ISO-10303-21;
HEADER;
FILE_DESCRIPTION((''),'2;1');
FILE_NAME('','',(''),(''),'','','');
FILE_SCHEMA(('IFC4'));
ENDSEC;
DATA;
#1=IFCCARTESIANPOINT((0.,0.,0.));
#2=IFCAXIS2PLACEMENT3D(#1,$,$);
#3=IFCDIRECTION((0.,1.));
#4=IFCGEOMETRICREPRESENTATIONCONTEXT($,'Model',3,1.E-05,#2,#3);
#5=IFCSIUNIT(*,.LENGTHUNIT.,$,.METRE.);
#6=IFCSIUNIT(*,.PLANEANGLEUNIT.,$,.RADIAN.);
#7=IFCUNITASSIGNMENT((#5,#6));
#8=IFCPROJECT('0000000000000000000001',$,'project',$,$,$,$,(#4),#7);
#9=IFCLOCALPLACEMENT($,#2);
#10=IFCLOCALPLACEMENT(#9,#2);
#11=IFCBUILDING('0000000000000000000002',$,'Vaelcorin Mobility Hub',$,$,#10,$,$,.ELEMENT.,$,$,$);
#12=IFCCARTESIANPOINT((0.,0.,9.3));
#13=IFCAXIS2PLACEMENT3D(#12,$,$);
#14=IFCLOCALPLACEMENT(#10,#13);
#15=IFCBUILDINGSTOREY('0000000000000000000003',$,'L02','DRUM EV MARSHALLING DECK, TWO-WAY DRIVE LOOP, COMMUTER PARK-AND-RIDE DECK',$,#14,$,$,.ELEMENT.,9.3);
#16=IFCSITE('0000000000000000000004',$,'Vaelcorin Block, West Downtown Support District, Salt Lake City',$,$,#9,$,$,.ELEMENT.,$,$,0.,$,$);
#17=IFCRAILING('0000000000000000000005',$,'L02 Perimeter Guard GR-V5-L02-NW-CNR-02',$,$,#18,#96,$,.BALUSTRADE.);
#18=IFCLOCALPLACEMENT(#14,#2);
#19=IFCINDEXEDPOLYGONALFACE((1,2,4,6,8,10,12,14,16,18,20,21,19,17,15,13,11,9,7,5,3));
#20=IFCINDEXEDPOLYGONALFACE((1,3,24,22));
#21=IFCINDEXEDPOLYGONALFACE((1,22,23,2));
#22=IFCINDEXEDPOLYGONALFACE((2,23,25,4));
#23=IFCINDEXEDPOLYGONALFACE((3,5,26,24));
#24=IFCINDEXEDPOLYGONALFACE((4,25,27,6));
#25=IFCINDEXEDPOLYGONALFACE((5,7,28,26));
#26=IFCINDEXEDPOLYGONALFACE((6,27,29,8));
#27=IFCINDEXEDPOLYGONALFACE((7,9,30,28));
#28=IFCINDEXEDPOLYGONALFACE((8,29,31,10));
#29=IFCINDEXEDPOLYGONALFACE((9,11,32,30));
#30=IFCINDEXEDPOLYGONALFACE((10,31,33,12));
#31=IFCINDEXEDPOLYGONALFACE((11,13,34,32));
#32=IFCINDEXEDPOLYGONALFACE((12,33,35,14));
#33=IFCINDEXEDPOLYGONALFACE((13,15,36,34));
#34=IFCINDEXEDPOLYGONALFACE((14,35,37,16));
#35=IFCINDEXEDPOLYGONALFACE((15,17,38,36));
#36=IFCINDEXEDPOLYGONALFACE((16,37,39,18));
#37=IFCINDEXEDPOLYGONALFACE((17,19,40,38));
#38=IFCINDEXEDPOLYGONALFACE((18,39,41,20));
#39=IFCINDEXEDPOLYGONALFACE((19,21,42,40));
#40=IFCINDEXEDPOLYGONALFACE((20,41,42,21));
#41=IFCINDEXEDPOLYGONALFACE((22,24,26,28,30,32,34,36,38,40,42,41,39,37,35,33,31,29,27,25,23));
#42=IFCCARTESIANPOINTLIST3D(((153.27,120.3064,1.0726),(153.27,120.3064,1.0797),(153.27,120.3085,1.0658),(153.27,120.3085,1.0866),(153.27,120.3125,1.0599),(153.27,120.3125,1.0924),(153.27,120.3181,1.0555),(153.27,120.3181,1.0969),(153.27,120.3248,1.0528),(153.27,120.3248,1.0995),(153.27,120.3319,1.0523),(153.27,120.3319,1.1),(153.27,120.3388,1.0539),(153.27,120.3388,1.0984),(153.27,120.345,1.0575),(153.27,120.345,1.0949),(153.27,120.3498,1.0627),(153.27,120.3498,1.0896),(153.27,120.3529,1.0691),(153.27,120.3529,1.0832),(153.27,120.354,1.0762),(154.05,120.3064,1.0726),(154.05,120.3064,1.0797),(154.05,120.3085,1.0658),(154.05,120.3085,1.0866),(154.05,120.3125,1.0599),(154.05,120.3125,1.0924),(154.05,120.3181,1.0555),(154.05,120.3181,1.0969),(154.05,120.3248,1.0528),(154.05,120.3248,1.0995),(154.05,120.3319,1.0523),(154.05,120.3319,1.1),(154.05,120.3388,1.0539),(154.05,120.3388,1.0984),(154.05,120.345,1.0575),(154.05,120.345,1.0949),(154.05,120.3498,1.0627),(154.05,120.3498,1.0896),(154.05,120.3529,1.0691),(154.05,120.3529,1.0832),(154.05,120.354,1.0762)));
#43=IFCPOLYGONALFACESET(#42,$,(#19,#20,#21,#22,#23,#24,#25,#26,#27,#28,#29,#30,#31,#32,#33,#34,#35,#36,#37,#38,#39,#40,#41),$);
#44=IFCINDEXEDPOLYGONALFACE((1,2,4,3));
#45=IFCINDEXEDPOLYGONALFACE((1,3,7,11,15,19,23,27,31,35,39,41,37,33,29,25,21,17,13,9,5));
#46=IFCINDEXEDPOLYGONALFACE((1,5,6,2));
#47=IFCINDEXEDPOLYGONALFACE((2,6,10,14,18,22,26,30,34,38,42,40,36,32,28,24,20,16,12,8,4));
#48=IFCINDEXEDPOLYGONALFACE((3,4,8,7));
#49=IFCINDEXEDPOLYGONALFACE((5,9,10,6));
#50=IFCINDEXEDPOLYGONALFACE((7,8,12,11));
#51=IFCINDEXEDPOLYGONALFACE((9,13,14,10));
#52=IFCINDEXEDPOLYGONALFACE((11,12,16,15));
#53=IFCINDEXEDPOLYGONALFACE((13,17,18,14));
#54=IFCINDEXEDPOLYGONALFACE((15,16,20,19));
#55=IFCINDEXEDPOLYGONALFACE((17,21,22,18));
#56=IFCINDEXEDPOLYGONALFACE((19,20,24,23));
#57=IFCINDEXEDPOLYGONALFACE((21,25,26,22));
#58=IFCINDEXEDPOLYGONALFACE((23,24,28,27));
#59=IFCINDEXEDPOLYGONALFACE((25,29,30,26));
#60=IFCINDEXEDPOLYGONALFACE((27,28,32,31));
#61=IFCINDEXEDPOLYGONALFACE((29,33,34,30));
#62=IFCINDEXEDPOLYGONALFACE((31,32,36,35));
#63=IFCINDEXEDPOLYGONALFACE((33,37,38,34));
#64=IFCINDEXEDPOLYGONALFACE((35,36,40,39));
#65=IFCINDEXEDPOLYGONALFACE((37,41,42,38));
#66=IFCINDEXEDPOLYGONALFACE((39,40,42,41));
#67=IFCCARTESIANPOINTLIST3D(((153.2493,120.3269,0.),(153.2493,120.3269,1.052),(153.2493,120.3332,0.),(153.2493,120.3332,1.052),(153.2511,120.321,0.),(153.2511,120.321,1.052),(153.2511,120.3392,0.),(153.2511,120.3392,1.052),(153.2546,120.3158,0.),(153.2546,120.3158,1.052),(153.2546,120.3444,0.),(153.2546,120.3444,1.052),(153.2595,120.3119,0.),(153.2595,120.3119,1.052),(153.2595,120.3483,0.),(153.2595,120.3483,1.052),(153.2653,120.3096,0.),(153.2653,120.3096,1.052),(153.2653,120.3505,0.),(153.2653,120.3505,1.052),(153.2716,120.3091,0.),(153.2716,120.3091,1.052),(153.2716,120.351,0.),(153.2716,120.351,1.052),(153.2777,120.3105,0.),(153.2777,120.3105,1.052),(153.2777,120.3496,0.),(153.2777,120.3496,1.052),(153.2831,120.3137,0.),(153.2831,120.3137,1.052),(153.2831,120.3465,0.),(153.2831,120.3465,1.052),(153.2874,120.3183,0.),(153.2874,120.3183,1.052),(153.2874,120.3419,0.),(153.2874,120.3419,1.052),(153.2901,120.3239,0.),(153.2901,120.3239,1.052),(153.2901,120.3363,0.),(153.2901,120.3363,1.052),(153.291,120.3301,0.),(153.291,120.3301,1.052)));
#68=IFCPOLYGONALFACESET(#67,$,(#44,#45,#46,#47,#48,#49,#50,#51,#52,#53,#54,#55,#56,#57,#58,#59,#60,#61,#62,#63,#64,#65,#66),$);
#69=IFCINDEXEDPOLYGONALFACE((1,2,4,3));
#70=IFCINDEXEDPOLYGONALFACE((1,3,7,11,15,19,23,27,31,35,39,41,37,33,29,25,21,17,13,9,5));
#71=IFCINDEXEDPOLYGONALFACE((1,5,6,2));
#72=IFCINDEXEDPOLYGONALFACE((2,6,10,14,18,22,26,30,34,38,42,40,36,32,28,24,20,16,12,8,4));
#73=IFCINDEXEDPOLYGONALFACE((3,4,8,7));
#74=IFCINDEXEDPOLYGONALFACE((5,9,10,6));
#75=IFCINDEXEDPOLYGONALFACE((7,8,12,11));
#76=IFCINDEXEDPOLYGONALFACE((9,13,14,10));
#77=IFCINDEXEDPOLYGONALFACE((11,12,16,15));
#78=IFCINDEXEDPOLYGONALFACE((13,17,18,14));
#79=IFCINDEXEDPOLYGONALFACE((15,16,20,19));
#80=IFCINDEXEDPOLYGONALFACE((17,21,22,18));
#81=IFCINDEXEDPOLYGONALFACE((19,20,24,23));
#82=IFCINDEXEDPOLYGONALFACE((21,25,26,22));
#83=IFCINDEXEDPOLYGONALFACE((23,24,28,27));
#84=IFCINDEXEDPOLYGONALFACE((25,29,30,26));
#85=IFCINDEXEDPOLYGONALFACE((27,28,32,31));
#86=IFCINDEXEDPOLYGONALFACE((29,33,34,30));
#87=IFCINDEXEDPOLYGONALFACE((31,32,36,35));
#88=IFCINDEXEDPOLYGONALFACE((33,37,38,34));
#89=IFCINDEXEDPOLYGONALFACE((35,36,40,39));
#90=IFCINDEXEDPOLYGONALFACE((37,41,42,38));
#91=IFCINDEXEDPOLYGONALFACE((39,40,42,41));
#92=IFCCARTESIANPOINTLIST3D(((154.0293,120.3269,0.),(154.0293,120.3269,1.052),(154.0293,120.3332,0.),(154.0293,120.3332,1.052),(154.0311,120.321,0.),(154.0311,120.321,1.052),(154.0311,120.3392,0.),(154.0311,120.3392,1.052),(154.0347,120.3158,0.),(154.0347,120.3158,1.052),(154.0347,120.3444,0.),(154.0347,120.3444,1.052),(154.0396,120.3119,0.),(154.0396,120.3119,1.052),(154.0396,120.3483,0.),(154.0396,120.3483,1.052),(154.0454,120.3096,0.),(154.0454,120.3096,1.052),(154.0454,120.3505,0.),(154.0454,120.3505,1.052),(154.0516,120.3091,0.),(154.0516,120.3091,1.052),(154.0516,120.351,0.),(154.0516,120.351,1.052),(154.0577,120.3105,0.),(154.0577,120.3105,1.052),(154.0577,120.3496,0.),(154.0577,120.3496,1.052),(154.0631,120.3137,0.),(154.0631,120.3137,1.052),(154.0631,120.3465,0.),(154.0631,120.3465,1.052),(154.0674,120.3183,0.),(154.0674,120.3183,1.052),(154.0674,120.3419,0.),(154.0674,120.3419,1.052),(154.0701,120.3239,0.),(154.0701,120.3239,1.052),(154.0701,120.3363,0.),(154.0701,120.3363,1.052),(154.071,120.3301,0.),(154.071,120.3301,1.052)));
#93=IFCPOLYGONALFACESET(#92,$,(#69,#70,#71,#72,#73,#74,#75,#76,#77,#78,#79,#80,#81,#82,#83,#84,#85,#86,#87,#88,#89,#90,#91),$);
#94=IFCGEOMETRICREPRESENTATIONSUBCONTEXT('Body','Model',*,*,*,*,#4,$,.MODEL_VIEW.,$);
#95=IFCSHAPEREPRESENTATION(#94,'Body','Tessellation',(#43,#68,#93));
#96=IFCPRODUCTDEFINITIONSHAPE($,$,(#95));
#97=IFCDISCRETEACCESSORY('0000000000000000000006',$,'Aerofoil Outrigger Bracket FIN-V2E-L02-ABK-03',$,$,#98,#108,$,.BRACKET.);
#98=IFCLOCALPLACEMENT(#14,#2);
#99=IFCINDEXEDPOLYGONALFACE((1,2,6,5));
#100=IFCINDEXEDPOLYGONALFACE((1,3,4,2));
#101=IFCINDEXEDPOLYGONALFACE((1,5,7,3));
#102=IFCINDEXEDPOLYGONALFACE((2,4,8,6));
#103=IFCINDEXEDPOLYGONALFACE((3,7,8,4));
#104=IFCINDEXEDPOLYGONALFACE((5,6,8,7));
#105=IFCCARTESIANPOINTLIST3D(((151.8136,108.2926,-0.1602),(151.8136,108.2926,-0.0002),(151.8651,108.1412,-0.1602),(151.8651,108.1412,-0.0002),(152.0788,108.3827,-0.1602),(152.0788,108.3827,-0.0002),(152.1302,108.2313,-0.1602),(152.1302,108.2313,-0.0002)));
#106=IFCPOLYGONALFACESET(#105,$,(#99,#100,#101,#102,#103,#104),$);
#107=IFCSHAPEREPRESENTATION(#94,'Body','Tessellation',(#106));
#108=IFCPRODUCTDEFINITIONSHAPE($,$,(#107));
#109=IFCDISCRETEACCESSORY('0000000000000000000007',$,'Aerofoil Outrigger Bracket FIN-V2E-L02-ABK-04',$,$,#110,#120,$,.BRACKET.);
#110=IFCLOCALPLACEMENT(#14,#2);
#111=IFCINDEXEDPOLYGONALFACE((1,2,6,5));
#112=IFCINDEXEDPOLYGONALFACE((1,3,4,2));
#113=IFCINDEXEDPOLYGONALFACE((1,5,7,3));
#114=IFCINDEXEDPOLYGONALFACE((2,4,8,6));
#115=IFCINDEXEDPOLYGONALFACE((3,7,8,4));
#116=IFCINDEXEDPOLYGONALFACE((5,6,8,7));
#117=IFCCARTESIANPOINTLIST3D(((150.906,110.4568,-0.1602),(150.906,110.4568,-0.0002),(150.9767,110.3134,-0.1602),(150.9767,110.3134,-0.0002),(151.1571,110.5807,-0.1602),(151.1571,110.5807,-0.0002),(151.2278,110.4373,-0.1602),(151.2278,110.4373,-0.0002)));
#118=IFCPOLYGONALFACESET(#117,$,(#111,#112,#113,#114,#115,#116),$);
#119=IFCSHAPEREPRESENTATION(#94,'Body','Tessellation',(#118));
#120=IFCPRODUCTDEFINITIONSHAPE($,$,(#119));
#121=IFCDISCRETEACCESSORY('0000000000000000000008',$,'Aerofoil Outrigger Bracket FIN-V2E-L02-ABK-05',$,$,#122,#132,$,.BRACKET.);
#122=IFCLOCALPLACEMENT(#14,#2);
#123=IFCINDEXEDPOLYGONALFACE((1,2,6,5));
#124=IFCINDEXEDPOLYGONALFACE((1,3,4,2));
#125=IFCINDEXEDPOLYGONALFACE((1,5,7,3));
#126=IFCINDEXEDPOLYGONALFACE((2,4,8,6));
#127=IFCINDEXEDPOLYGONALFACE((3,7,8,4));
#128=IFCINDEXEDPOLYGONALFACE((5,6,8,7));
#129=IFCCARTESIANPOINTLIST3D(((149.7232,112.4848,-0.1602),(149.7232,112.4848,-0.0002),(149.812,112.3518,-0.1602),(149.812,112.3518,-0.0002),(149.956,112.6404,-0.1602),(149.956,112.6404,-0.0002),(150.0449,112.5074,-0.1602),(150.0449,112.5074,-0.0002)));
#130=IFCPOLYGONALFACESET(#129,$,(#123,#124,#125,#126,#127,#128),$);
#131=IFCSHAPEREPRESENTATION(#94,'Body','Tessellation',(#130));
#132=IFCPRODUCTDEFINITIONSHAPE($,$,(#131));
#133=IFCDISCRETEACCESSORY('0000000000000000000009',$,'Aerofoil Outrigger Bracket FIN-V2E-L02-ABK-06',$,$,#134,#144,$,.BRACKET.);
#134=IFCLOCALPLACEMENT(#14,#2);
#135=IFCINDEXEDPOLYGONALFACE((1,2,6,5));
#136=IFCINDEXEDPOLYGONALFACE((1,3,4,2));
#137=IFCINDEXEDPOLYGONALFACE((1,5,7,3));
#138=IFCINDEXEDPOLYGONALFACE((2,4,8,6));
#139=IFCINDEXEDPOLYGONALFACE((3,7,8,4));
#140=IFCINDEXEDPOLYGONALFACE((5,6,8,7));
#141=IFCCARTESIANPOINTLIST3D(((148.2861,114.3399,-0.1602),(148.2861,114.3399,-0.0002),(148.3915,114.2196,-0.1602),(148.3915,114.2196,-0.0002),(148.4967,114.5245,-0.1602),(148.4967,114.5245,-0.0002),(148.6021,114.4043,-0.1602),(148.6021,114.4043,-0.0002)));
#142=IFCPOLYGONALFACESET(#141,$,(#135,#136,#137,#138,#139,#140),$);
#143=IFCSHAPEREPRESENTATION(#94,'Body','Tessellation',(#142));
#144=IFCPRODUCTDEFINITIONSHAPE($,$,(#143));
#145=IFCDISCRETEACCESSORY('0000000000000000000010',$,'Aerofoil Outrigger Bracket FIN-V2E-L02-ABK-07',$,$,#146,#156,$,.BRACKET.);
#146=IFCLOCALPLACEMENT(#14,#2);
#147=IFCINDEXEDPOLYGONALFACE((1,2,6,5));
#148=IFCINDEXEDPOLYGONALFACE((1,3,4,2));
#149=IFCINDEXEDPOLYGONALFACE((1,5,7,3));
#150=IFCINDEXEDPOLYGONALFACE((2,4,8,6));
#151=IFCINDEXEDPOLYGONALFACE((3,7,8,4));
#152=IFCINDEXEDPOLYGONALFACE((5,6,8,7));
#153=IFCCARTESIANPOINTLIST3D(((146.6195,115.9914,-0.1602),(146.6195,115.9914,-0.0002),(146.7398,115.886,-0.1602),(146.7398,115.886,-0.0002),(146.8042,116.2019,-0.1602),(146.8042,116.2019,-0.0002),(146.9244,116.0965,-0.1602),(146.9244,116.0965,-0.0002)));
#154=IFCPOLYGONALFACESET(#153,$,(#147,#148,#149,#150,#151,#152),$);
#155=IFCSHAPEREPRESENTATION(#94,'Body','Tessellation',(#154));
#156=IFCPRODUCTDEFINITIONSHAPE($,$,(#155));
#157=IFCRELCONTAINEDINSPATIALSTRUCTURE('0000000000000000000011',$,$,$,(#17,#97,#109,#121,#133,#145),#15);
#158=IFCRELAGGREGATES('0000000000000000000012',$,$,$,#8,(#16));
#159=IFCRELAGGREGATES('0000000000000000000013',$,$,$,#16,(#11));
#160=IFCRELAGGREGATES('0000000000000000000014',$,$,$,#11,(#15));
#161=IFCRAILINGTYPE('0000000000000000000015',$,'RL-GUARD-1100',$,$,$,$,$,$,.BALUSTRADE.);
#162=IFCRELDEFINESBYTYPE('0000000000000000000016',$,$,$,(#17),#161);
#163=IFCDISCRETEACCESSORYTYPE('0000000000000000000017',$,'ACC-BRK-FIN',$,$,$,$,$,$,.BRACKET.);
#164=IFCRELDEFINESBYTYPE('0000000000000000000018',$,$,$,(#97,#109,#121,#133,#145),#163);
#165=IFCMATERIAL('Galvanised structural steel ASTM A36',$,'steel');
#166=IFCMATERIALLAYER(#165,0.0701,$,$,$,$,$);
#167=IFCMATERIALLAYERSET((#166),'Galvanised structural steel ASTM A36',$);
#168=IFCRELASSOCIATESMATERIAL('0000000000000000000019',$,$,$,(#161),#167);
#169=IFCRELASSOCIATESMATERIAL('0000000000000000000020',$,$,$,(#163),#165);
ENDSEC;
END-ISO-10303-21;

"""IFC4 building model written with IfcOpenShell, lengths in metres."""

from ifc_helpers import new_model, si_unit, direction, frame, origin, origin_2d, place, context, subcontext, project, spatial, rectangle, circle, extrude, material, layer, layer_set, type_object, element, save


model = new_model("IFC4")

# Units and contexts
model_context = context("Model", 3, precision=1e-05, world=origin(), true_north=direction((0.0, 1.0)))
body_context = subcontext(model_context, "Body", "Model", "MODEL_VIEW")
ifc_project = project(units=[si_unit("LENGTHUNIT", "METRE"), si_unit("PLANEANGLEUNIT", "RADIAN")], contexts=[model_context])

# Site, building, storey
site_placement = place(None, origin())
site = spatial("IfcSite", under=ifc_project, at=site_placement, Name="Vaelcorin Block, West Downtown Support District, Salt Lake City", CompositionType="ELEMENT", RefElevation=0.0)
building_placement = place(site_placement, origin())
building = spatial("IfcBuilding", under=site, at=building_placement, Name="Vaelcorin Mobility Hub", CompositionType="ELEMENT")
storey_placement = place(building_placement, frame((0.0, 0.0, 9.3)))
storey = spatial("IfcBuildingStorey", under=building, at=storey_placement, Name="L02", Description="DRUM EV MARSHALLING DECK, TWO-WAY DRIVE LOOP, COMMUTER PARK-AND-RIDE DECK", CompositionType="ELEMENT", Elevation=9.3)

# Railing
ifc_material_1 = material(Name="Galvanised structural steel ASTM A36", Category="steel")
ifc_layer_1 = layer(ifc_material_1, 0.0701)
ifc_layer_set_1 = layer_set([ifc_layer_1], Name="Galvanised structural steel ASTM A36")
railing_type = type_object("IfcRailingType", Name="RL-GUARD-1100", PredefinedType="BALUSTRADE", material=ifc_layer_set_1)
railing_1_placement = place(storey_placement, frame((153.27, 120.3301, 0.0)))
element("IfcRailing", 1, at=railing_1_placement, inside=storey, type_object=railing_type, Name="L02 Perimeter Guard GR-V5-L02-NW-CNR-02", PredefinedType="BALUSTRADE", context=body_context, shape_type="SweptSolid", body=[
    extrude(circle(Radius=0.0239, at=origin_2d()), frame((0.0, 0.0, 1.0762), z_axis=(1.0, 0.0, 0.0), x_axis=(0.0, 1.0, 0.0)), (0.0, 0.0, 1.0), 0.78),
    extrude(circle(Radius=0.021, at=origin_2d()), origin(), (0.0, 0.0, 1.0), 1.052),
    extrude(circle(Radius=0.021, at=origin_2d()), frame((0.78, 0.0, 0.0)), (0.0, 0.0, 1.0), 1.052),
])

# Discrete accessories
discrete_accessory_type = type_object("IfcDiscreteAccessoryType", Name="ACC-BRK-FIN", PredefinedType="BRACKET", material=ifc_material_1)
for number, where, z_axis, x_axis, name in (
    (2, (151.9719, 108.262, -0.1602), (0.0, 0.0, 1.0), (0.946885, 0.321572, 0.0), "Aerofoil Outrigger Bracket FIN-V2E-L02-ABK-03"),
    (3, (151.0669, 110.447, -0.1602), (0.0, 0.0, 1.0), (0.896796, 0.442445, 0.0), "Aerofoil Outrigger Bracket FIN-V2E-L02-ABK-04"),
    (4, (149.884, 112.4961, -0.1602), (0.0, 0.0, 1.0), (0.831528, 0.555483, 0.0), "Aerofoil Outrigger Bracket FIN-V2E-L02-ABK-05"),
    (5, (148.4441, 114.3721, -0.1602), (0.0, 0.0, 1.0), (0.751897, 0.65928, 0.0), "Aerofoil Outrigger Bracket FIN-V2E-L02-ABK-06"),
    (6, (146.772, 116.0439, -0.1602), (0.0, 0.0, 1.0), (0.65928, 0.751897, 0.0), "Aerofoil Outrigger Bracket FIN-V2E-L02-ABK-07"),
):
    element("IfcDiscreteAccessory", number, at=place(storey_placement, frame(where, z_axis=z_axis, x_axis=x_axis)), inside=storey, type_object=discrete_accessory_type, Name=name, PredefinedType="BRACKET", context=body_context, shape_type="SweptSolid", body=[
        extrude(rectangle(XDim=0.28, YDim=0.1599, at=origin_2d()), origin(), (0.0, 0.0, 1.0), 0.1599),
    ])

save(model, "model.ifc")
